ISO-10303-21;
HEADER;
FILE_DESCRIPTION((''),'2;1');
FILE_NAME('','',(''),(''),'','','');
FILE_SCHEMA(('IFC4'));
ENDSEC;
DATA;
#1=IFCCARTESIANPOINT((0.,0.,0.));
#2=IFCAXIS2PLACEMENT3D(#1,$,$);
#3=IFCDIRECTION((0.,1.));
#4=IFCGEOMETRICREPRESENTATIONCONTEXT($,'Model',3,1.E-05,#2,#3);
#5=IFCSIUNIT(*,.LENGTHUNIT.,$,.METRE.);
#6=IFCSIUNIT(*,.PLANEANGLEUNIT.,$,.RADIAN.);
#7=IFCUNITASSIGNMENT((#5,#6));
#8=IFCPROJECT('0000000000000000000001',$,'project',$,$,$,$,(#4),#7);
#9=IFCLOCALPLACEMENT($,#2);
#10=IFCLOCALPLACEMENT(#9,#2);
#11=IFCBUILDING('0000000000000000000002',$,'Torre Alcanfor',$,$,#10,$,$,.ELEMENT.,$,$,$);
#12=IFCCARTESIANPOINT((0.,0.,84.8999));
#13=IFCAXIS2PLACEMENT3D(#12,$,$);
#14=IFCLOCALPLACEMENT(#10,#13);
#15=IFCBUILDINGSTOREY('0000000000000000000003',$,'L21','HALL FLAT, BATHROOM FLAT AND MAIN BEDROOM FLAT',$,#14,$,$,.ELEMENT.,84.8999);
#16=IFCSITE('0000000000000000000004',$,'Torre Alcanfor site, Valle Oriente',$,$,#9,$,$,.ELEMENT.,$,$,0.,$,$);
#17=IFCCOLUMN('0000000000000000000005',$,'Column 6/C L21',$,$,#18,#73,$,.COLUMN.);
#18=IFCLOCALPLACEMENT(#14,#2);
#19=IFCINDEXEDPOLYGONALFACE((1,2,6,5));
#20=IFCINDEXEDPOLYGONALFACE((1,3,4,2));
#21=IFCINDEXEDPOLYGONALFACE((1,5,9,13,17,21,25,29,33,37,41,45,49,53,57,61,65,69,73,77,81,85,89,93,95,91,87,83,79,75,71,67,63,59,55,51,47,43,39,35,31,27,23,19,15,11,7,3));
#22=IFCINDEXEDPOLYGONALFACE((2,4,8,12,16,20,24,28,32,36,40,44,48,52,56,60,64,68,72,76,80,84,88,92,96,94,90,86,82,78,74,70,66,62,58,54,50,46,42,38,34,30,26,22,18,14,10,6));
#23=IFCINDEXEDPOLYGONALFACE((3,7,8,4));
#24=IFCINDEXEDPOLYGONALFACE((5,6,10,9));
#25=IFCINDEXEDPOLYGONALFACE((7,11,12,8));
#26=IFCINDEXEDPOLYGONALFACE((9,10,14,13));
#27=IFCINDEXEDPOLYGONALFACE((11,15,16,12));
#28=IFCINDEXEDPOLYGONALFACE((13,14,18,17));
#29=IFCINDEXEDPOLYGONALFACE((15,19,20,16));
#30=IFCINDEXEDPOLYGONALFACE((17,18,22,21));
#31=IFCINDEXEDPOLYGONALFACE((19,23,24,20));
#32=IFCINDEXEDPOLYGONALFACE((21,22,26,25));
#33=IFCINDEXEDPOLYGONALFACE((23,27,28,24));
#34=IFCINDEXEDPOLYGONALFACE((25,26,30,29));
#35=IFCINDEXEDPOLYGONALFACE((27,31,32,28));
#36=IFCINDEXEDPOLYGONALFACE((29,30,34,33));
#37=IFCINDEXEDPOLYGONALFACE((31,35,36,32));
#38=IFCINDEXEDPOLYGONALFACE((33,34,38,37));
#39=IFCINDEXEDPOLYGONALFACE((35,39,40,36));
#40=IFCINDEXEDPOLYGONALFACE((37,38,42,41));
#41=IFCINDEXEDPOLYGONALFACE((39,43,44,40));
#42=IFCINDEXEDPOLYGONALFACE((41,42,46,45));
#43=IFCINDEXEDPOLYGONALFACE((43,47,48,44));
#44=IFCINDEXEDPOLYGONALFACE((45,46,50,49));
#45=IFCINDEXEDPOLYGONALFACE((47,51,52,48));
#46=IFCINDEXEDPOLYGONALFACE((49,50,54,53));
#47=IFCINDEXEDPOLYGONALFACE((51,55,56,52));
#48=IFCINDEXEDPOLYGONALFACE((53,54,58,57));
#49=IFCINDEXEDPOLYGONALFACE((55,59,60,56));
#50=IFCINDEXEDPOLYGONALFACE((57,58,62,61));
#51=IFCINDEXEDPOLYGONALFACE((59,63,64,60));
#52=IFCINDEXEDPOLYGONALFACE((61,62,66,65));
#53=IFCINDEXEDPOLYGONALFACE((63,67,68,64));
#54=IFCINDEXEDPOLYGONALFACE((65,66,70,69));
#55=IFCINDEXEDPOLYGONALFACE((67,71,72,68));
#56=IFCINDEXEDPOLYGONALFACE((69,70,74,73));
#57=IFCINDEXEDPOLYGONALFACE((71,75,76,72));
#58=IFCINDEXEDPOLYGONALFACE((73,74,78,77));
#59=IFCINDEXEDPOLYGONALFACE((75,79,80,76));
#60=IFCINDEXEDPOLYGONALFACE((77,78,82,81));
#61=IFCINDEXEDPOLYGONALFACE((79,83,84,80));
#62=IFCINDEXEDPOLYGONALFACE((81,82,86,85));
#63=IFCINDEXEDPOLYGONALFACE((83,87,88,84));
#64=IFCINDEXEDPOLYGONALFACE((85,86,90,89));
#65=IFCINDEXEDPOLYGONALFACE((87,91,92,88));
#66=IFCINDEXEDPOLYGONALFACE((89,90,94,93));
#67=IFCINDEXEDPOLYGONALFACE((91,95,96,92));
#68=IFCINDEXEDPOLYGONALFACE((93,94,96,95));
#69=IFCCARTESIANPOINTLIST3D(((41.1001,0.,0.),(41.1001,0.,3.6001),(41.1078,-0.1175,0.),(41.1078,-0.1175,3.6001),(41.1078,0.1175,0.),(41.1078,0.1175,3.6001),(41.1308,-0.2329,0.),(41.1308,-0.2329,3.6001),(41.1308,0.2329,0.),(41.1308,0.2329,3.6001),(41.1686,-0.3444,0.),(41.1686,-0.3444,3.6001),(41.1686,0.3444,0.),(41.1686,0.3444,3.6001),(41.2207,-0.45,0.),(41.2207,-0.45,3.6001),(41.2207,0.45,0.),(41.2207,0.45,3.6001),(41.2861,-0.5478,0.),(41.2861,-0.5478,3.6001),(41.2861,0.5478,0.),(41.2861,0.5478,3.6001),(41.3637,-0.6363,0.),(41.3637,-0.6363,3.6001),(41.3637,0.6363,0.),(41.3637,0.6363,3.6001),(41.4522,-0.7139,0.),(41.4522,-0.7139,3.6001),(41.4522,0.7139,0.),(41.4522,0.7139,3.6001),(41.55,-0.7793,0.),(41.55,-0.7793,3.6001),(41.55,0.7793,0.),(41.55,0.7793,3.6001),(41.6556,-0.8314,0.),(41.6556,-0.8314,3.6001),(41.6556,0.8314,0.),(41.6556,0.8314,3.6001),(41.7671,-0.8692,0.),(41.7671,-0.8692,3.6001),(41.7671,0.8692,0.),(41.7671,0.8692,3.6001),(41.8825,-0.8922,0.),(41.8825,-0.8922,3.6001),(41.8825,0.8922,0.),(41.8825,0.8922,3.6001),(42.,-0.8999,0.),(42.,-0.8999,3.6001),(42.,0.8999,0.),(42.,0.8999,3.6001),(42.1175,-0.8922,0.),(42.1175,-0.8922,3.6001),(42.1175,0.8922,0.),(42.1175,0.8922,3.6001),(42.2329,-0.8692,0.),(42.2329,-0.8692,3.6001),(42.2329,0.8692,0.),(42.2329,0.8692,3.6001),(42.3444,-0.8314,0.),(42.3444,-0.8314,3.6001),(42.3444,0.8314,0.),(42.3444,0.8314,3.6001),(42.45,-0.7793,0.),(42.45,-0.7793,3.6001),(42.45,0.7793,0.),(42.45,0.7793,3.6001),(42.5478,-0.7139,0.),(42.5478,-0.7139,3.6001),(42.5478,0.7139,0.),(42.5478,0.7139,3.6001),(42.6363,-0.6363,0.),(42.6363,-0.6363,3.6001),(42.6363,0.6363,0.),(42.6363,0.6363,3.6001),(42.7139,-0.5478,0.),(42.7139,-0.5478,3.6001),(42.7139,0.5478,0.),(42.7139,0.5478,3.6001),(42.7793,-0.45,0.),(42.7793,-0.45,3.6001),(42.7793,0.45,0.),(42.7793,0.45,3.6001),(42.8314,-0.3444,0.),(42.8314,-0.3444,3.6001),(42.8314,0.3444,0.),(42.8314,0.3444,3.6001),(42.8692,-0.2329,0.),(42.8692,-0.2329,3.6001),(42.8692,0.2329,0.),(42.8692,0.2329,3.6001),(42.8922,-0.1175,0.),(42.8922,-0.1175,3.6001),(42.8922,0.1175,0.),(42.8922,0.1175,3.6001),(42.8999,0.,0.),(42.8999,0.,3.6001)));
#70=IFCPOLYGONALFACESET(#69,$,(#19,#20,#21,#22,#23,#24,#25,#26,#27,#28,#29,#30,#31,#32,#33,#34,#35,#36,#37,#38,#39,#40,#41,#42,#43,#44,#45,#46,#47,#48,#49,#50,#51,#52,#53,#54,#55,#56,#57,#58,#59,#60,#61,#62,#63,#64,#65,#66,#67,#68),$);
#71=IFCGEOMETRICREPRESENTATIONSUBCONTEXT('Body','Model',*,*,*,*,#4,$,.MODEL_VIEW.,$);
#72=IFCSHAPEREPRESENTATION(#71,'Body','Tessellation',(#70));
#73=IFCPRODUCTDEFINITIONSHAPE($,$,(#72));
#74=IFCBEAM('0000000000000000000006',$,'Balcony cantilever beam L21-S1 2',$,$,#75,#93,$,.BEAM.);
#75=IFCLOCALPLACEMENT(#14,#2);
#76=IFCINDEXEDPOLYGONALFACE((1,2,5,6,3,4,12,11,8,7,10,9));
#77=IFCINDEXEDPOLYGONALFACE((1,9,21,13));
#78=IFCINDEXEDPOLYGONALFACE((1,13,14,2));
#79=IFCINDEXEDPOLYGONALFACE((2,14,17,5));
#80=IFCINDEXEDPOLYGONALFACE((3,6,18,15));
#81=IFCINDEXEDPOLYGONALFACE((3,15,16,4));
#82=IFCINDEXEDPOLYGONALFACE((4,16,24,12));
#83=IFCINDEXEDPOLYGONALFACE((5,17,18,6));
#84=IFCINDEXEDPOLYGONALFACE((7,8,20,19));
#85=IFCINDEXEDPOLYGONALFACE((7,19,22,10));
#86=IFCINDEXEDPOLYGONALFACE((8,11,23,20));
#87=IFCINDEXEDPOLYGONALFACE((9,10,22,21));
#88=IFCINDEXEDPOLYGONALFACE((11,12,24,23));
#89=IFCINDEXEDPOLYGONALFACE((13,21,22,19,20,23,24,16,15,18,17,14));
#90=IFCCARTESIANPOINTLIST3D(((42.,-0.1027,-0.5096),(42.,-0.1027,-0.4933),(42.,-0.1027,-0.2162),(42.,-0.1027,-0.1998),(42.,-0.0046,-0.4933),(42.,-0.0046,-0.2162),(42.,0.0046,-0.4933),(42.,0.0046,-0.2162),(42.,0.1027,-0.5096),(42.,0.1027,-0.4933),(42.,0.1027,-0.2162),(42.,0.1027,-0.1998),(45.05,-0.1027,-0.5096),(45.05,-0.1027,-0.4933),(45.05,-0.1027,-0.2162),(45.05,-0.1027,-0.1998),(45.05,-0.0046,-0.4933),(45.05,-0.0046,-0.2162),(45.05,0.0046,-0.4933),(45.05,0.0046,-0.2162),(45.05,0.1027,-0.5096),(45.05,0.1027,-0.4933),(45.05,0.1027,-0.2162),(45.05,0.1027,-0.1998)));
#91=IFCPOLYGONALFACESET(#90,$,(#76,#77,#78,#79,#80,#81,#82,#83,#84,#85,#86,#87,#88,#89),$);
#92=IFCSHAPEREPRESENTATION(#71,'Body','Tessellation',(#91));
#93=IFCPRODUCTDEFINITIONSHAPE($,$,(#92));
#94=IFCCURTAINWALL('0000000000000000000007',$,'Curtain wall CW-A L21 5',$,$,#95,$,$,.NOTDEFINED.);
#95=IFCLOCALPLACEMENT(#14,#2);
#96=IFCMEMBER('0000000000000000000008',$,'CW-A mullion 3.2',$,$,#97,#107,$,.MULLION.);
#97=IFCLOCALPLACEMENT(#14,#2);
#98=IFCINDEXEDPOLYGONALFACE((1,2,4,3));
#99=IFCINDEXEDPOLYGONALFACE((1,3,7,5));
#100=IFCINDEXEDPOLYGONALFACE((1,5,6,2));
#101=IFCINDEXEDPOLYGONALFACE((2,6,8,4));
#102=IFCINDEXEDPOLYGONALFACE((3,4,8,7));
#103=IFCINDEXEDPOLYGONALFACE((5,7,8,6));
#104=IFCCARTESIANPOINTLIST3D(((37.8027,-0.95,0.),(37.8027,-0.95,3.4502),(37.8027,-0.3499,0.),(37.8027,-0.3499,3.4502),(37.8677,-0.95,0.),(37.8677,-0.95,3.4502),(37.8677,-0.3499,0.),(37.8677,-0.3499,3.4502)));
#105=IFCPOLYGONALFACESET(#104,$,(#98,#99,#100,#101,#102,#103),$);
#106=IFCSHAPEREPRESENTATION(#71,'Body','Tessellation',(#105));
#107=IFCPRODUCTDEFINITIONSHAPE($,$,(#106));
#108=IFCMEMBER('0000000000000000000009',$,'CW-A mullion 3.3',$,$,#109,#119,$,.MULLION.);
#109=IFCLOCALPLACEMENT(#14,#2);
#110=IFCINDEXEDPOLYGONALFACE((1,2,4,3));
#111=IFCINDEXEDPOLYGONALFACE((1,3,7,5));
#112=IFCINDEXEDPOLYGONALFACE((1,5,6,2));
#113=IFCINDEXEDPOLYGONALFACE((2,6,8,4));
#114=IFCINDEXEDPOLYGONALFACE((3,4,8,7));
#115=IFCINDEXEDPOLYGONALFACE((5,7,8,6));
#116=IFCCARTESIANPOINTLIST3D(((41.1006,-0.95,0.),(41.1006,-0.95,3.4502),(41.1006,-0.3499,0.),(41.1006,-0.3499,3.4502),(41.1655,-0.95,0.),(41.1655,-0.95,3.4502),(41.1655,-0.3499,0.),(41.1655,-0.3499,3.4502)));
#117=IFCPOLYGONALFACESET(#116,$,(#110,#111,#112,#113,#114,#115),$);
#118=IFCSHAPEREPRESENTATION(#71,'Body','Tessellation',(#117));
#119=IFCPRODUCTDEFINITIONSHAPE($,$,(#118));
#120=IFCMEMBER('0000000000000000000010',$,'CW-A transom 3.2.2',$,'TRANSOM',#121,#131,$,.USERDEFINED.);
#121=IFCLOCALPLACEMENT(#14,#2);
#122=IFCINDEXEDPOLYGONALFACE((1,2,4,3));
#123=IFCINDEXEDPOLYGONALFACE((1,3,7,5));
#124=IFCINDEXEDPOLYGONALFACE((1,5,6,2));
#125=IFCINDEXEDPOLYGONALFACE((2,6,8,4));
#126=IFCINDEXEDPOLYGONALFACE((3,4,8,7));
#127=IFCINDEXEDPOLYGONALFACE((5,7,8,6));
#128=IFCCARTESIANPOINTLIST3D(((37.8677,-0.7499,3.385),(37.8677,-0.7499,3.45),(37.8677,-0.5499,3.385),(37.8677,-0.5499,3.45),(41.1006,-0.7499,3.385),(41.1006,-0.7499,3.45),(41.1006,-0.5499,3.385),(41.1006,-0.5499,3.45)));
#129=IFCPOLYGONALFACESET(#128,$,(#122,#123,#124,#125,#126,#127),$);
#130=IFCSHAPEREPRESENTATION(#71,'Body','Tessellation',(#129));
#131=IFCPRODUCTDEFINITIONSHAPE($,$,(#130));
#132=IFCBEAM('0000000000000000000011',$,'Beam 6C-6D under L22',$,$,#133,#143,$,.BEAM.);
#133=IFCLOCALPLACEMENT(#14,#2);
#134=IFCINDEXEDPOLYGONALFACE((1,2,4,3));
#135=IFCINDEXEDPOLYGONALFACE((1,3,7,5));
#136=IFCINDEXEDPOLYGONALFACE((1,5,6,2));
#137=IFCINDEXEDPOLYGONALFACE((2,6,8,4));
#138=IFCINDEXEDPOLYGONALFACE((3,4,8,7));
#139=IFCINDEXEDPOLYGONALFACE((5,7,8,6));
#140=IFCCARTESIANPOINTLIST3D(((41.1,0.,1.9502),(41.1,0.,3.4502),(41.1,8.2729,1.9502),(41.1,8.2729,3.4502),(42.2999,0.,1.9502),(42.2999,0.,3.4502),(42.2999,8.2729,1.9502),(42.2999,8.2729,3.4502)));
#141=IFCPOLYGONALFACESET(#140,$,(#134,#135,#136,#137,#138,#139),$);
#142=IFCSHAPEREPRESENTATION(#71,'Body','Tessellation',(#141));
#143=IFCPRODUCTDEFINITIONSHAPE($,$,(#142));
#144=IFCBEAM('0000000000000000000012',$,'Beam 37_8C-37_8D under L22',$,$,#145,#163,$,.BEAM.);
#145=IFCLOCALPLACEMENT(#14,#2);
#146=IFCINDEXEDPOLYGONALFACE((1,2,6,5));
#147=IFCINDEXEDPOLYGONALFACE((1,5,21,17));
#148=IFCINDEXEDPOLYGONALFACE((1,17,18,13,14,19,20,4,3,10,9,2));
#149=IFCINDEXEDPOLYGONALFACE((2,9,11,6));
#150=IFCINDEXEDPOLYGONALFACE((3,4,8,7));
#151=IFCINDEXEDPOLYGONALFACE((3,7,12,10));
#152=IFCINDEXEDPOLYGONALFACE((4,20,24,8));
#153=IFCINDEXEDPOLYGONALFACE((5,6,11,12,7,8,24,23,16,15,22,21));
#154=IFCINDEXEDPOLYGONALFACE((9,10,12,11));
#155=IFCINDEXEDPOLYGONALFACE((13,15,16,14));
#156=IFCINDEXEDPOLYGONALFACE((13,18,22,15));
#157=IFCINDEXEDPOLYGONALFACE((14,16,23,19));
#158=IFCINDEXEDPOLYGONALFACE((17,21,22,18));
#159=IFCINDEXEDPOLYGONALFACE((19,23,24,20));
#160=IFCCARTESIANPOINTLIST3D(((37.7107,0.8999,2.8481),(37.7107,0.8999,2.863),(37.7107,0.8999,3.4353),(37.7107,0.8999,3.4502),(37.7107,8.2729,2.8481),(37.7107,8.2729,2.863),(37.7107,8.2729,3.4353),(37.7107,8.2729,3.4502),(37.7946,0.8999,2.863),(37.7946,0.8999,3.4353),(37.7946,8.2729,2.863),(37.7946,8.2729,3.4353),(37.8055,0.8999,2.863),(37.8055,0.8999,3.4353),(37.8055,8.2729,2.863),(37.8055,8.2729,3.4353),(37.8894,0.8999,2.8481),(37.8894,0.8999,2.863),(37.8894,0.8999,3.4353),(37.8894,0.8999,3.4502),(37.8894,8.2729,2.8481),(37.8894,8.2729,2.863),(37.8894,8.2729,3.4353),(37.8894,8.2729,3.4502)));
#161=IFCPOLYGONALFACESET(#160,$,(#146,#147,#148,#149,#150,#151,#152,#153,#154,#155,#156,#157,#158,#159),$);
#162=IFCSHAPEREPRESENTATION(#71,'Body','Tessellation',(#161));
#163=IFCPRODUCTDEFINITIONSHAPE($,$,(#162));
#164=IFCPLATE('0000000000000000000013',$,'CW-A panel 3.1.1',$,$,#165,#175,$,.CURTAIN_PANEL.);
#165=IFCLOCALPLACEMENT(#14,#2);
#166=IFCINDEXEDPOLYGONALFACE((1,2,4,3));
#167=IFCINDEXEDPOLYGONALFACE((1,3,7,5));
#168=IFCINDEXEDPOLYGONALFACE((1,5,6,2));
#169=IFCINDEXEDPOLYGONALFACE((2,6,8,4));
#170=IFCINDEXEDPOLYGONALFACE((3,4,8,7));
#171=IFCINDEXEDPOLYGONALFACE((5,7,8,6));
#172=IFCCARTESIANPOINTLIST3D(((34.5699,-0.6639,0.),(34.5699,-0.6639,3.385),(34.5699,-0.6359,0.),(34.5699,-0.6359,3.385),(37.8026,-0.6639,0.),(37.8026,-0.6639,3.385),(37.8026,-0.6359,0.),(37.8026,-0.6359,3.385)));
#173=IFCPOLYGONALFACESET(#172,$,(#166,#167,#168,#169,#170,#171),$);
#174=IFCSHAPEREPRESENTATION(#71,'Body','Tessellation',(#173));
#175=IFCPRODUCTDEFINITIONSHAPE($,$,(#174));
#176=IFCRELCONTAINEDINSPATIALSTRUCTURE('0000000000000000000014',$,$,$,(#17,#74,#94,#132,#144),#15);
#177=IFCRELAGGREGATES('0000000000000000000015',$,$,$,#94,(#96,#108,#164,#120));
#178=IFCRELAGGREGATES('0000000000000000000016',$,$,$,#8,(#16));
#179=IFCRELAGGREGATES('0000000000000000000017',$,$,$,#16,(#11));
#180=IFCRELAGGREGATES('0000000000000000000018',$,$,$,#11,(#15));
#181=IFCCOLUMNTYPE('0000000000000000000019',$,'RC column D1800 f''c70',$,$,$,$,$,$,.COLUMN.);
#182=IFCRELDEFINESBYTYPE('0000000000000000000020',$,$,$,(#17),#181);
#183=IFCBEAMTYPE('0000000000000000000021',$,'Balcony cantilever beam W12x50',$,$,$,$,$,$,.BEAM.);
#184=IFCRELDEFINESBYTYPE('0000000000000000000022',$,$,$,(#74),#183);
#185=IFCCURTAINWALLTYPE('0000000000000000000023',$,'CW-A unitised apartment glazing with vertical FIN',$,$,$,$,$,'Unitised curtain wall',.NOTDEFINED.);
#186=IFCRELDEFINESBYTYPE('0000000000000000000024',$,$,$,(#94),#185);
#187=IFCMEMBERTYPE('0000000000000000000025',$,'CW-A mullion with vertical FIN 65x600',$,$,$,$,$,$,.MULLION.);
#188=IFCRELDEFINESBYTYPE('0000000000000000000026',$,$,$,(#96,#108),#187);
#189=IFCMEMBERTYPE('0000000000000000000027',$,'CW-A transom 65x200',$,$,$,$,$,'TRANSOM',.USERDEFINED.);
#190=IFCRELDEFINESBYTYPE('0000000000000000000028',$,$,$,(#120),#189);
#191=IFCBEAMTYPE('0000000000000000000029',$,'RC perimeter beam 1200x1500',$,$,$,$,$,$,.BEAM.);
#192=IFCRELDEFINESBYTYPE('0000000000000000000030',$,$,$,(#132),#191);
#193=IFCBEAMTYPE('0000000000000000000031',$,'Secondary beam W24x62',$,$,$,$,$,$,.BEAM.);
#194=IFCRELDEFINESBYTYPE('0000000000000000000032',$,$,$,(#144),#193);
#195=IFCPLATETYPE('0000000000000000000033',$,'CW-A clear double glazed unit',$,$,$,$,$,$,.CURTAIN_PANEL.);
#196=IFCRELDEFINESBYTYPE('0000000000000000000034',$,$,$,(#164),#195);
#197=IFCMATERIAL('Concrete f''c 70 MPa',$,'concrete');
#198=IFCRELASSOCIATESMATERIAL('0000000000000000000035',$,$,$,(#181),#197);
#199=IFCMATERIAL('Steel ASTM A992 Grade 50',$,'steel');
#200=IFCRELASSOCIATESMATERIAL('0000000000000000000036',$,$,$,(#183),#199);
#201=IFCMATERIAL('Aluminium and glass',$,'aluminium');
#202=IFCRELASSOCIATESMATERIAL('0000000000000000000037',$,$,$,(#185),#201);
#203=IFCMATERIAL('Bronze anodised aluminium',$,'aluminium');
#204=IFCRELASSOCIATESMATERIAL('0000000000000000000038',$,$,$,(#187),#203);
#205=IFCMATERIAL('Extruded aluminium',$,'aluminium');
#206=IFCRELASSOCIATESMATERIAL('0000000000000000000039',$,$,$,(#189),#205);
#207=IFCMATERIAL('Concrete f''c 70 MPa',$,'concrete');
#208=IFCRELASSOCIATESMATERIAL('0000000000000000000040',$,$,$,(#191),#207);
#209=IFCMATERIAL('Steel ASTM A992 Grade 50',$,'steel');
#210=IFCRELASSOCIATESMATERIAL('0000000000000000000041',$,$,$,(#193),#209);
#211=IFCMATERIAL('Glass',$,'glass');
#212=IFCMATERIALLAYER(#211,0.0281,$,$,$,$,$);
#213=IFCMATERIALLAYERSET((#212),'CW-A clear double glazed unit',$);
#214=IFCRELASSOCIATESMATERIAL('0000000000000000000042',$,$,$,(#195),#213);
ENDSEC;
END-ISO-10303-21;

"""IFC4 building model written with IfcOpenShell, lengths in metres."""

from ifc_helpers import new_model, si_unit, direction, frame, origin, origin_2d, place, context, subcontext, project, spatial, rectangle, circle, i_section, extrude, material, layer, layer_set, material_profile, profile_set, type_object, element, aggregate, save


model = new_model("IFC4")

# Units and contexts
model_context = context("Model", 3, precision=1e-05, world=origin(), true_north=direction((0.0, 1.0)))
body_context = subcontext(model_context, "Body", "Model", "MODEL_VIEW")
ifc_project = project(units=[si_unit("LENGTHUNIT", "METRE"), si_unit("PLANEANGLEUNIT", "RADIAN")], contexts=[model_context])

# Site, building, storey
site_placement = place(None, origin())
site = spatial("IfcSite", under=ifc_project, at=site_placement, Name="Torre Alcanfor site, Valle Oriente", CompositionType="ELEMENT", RefElevation=0.0)
building_placement = place(site_placement, origin())
building = spatial("IfcBuilding", under=site, at=building_placement, Name="Torre Alcanfor", CompositionType="ELEMENT")
storey_placement = place(building_placement, frame((0.0, 0.0, 84.8999)))
storey = spatial("IfcBuildingStorey", under=building, at=storey_placement, Name="L21", Description="HALL FLAT, BATHROOM FLAT AND MAIN BEDROOM FLAT", CompositionType="ELEMENT", Elevation=84.8999)

# Column
ifc_material_1 = material(Name="Concrete f'c 70 MPa", Category="concrete")
ifc_material_profile_1 = material_profile(ifc_material_1, circle(Radius=0.8999, at=origin_2d()), Name="D1800")
ifc_profile_set_1 = profile_set([ifc_material_profile_1], Name="Concrete f'c 70 MPa")
column_type = type_object("IfcColumnType", Name="RC column D1800 f'c70", PredefinedType="COLUMN", material=ifc_profile_set_1)
column_placement = place(storey_placement, frame((42.0, 0.0, 0.0), z_axis=(0.0, 0.0, 1.0), x_axis=(1.0, 0.0, 0.0)))
element("IfcColumn", 1, at=column_placement, inside=storey, type_object=column_type, Name="Column 6/C L21", PredefinedType="COLUMN", context=body_context, shape_type="SweptSolid", body=[
    extrude(circle(Radius=0.8999, at=origin_2d()), origin(), (0.0, 0.0, 1.0), 3.6001),
])

# Beam
ifc_material_2 = material(Name="Steel ASTM A992 Grade 50", Category="steel")
ifc_material_profile_2 = material_profile(ifc_material_2, i_section(OverallWidth=0.2053, OverallDepth=0.3098, WebThickness=0.0093, FlangeThickness=0.0164, at=origin_2d()), Name="W12x50")
ifc_profile_set_2 = profile_set([ifc_material_profile_2], Name="Steel ASTM A992 Grade 50")
beam_type_1 = type_object("IfcBeamType", Name="Balcony cantilever beam W12x50", PredefinedType="BEAM", material=ifc_profile_set_2)
beam_1_placement = place(storey_placement, frame((42.0, 0.0, -0.3547), z_axis=(1.0, 0.0, 0.0), x_axis=(0.0, 1.0, 0.0)))
element("IfcBeam", 2, at=beam_1_placement, inside=storey, type_object=beam_type_1, Name="Balcony cantilever beam L21-S1 2", PredefinedType="BEAM", context=body_context, shape_type="SweptSolid", body=[
    extrude(i_section(OverallWidth=0.2053, OverallDepth=0.3098, WebThickness=0.0093, FlangeThickness=0.0164, at=origin_2d()), origin(), (0.0, 0.0, 1.0), 3.05),
])

# Curtain wall, members
ifc_material_3 = material(Name="Aluminium and glass", Category="aluminium")
curtain_wall_type = type_object("IfcCurtainWallType", Name="CW-A unitised apartment glazing with vertical FIN", ElementType="Unitised curtain wall", PredefinedType="NOTDEFINED", material=ifc_material_3)
curtain_wall_placement = place(storey_placement, origin())
curtain_wall = element("IfcCurtainWall", 3, at=curtain_wall_placement, inside=storey, type_object=curtain_wall_type, Name="Curtain wall CW-A L21 5", PredefinedType="NOTDEFINED")
ifc_material_4 = material(Name="Bronze anodised aluminium", Category="aluminium")
ifc_material_profile_3 = material_profile(ifc_material_4, rectangle(XDim=0.6001, YDim=0.0649, at=origin_2d()), Name="CW-A mullion 65x600")
ifc_profile_set_3 = profile_set([ifc_material_profile_3], Name="Bronze anodised aluminium")
member_type_1 = type_object("IfcMemberType", Name="CW-A mullion with vertical FIN 65x600", PredefinedType="MULLION", material=ifc_profile_set_3)
member_1_placement = place(storey_placement, frame((37.8352, -0.6499, 0.0), z_axis=(0.0, 0.0, 1.0), x_axis=(0.0, 1.0, 0.0)))
member_1 = element("IfcMember", 4, at=member_1_placement, type_object=member_type_1, Name="CW-A mullion 3.2", PredefinedType="MULLION", context=body_context, shape_type="SweptSolid", body=[
    extrude(rectangle(XDim=0.6001, YDim=0.0649, at=origin_2d()), origin(), (0.0, 0.0, 1.0), 3.4502),
])
member_2_placement = place(storey_placement, frame((41.1331, -0.6499, 0.0), z_axis=(0.0, 0.0, 1.0), x_axis=(0.0, 1.0, 0.0)))
member_2 = element("IfcMember", 5, at=member_2_placement, type_object=member_type_1, Name="CW-A mullion 3.3", PredefinedType="MULLION", context=body_context, shape_type="SweptSolid", body=[
    extrude(rectangle(XDim=0.6001, YDim=0.0649, at=origin_2d()), origin(), (0.0, 0.0, 1.0), 3.4502),
])
ifc_material_5 = material(Name="Extruded aluminium", Category="aluminium")
ifc_material_profile_4 = material_profile(ifc_material_5, rectangle(XDim=0.2, YDim=0.0649, at=origin_2d()), Name="CW-A transom 200x65")
ifc_profile_set_4 = profile_set([ifc_material_profile_4], Name="Extruded aluminium")
member_type_2 = type_object("IfcMemberType", Name="CW-A transom 65x200", ElementType="TRANSOM", PredefinedType="USERDEFINED", material=ifc_profile_set_4)
member_3_placement = place(storey_placement, frame((37.8677, -0.6499, 3.4175), z_axis=(1.0, 0.0, 0.0), x_axis=(0.0, 1.0, 0.0)))
member_3 = element("IfcMember", 6, at=member_3_placement, type_object=member_type_2, Name="CW-A transom 3.2.2", ObjectType="TRANSOM", PredefinedType="USERDEFINED", context=body_context, shape_type="SweptSolid", body=[
    extrude(rectangle(XDim=0.2, YDim=0.0649, at=origin_2d()), origin(), (0.0, 0.0, 1.0), 3.2329),
])

# Beams
ifc_material_6 = material(Name="Concrete f'c 70 MPa", Category="concrete")
ifc_material_profile_5 = material_profile(ifc_material_6, rectangle(XDim=1.2, YDim=1.5, at=origin_2d()), Name="1200x1500")
ifc_profile_set_5 = profile_set([ifc_material_profile_5], Name="Concrete f'c 70 MPa")
beam_type_2 = type_object("IfcBeamType", Name="RC perimeter beam 1200x1500", PredefinedType="BEAM", material=ifc_profile_set_5)
beam_2_placement = place(storey_placement, frame((41.7, 0.0, 2.7002), z_axis=(0.0, 1.0, 0.0), x_axis=(-1.0, 0.0, 0.0)))
element("IfcBeam", 7, at=beam_2_placement, inside=storey, type_object=beam_type_2, Name="Beam 6C-6D under L22", PredefinedType="BEAM", context=body_context, shape_type="SweptSolid", body=[
    extrude(rectangle(XDim=1.2, YDim=1.5, at=origin_2d()), origin(), (0.0, 0.0, 1.0), 8.2729),
])
ifc_material_7 = material(Name="Steel ASTM A992 Grade 50", Category="steel")
ifc_material_profile_6 = material_profile(ifc_material_7, i_section(OverallWidth=0.1787, OverallDepth=0.6021, WebThickness=0.011, FlangeThickness=0.0149, at=origin_2d()), Name="W24x62")
ifc_profile_set_6 = profile_set([ifc_material_profile_6], Name="Steel ASTM A992 Grade 50")
beam_type_3 = type_object("IfcBeamType", Name="Secondary beam W24x62", PredefinedType="BEAM", material=ifc_profile_set_6)
beam_3_placement = place(storey_placement, frame((37.8, 0.8999, 3.1492), z_axis=(0.0, 1.0, 0.0), x_axis=(-1.0, 0.0, 0.0)))
element("IfcBeam", 8, at=beam_3_placement, inside=storey, type_object=beam_type_3, Name="Beam 37_8C-37_8D under L22", PredefinedType="BEAM", context=body_context, shape_type="SweptSolid", body=[
    extrude(i_section(OverallWidth=0.1787, OverallDepth=0.6021, WebThickness=0.011, FlangeThickness=0.0149, at=origin_2d()), origin(), (0.0, 0.0, 1.0), 7.373),
])

# Plate
ifc_material_8 = material(Name="Glass", Category="glass")
ifc_layer_1 = layer(ifc_material_8, 0.0281)
ifc_layer_set_1 = layer_set([ifc_layer_1], Name="CW-A clear double glazed unit")
plate_type = type_object("IfcPlateType", Name="CW-A clear double glazed unit", PredefinedType="CURTAIN_PANEL", material=ifc_layer_set_1)
plate_1_placement = place(storey_placement, frame((36.1863, -0.6499, 0.0), z_axis=(0.0, 0.0, 1.0), x_axis=(1.0, 0.0, 0.0)))
plate_1 = element("IfcPlate", 9, at=plate_1_placement, type_object=plate_type, Name="CW-A panel 3.1.1", PredefinedType="CURTAIN_PANEL", context=body_context, shape_type="SweptSolid", body=[
    extrude(rectangle(XDim=3.2327, YDim=0.0281, at=origin_2d()), origin(), (0.0, 0.0, 1.0), 3.385),
])
aggregate(curtain_wall, [member_1, member_2, plate_1, member_3])

save(model, "model.ifc")
